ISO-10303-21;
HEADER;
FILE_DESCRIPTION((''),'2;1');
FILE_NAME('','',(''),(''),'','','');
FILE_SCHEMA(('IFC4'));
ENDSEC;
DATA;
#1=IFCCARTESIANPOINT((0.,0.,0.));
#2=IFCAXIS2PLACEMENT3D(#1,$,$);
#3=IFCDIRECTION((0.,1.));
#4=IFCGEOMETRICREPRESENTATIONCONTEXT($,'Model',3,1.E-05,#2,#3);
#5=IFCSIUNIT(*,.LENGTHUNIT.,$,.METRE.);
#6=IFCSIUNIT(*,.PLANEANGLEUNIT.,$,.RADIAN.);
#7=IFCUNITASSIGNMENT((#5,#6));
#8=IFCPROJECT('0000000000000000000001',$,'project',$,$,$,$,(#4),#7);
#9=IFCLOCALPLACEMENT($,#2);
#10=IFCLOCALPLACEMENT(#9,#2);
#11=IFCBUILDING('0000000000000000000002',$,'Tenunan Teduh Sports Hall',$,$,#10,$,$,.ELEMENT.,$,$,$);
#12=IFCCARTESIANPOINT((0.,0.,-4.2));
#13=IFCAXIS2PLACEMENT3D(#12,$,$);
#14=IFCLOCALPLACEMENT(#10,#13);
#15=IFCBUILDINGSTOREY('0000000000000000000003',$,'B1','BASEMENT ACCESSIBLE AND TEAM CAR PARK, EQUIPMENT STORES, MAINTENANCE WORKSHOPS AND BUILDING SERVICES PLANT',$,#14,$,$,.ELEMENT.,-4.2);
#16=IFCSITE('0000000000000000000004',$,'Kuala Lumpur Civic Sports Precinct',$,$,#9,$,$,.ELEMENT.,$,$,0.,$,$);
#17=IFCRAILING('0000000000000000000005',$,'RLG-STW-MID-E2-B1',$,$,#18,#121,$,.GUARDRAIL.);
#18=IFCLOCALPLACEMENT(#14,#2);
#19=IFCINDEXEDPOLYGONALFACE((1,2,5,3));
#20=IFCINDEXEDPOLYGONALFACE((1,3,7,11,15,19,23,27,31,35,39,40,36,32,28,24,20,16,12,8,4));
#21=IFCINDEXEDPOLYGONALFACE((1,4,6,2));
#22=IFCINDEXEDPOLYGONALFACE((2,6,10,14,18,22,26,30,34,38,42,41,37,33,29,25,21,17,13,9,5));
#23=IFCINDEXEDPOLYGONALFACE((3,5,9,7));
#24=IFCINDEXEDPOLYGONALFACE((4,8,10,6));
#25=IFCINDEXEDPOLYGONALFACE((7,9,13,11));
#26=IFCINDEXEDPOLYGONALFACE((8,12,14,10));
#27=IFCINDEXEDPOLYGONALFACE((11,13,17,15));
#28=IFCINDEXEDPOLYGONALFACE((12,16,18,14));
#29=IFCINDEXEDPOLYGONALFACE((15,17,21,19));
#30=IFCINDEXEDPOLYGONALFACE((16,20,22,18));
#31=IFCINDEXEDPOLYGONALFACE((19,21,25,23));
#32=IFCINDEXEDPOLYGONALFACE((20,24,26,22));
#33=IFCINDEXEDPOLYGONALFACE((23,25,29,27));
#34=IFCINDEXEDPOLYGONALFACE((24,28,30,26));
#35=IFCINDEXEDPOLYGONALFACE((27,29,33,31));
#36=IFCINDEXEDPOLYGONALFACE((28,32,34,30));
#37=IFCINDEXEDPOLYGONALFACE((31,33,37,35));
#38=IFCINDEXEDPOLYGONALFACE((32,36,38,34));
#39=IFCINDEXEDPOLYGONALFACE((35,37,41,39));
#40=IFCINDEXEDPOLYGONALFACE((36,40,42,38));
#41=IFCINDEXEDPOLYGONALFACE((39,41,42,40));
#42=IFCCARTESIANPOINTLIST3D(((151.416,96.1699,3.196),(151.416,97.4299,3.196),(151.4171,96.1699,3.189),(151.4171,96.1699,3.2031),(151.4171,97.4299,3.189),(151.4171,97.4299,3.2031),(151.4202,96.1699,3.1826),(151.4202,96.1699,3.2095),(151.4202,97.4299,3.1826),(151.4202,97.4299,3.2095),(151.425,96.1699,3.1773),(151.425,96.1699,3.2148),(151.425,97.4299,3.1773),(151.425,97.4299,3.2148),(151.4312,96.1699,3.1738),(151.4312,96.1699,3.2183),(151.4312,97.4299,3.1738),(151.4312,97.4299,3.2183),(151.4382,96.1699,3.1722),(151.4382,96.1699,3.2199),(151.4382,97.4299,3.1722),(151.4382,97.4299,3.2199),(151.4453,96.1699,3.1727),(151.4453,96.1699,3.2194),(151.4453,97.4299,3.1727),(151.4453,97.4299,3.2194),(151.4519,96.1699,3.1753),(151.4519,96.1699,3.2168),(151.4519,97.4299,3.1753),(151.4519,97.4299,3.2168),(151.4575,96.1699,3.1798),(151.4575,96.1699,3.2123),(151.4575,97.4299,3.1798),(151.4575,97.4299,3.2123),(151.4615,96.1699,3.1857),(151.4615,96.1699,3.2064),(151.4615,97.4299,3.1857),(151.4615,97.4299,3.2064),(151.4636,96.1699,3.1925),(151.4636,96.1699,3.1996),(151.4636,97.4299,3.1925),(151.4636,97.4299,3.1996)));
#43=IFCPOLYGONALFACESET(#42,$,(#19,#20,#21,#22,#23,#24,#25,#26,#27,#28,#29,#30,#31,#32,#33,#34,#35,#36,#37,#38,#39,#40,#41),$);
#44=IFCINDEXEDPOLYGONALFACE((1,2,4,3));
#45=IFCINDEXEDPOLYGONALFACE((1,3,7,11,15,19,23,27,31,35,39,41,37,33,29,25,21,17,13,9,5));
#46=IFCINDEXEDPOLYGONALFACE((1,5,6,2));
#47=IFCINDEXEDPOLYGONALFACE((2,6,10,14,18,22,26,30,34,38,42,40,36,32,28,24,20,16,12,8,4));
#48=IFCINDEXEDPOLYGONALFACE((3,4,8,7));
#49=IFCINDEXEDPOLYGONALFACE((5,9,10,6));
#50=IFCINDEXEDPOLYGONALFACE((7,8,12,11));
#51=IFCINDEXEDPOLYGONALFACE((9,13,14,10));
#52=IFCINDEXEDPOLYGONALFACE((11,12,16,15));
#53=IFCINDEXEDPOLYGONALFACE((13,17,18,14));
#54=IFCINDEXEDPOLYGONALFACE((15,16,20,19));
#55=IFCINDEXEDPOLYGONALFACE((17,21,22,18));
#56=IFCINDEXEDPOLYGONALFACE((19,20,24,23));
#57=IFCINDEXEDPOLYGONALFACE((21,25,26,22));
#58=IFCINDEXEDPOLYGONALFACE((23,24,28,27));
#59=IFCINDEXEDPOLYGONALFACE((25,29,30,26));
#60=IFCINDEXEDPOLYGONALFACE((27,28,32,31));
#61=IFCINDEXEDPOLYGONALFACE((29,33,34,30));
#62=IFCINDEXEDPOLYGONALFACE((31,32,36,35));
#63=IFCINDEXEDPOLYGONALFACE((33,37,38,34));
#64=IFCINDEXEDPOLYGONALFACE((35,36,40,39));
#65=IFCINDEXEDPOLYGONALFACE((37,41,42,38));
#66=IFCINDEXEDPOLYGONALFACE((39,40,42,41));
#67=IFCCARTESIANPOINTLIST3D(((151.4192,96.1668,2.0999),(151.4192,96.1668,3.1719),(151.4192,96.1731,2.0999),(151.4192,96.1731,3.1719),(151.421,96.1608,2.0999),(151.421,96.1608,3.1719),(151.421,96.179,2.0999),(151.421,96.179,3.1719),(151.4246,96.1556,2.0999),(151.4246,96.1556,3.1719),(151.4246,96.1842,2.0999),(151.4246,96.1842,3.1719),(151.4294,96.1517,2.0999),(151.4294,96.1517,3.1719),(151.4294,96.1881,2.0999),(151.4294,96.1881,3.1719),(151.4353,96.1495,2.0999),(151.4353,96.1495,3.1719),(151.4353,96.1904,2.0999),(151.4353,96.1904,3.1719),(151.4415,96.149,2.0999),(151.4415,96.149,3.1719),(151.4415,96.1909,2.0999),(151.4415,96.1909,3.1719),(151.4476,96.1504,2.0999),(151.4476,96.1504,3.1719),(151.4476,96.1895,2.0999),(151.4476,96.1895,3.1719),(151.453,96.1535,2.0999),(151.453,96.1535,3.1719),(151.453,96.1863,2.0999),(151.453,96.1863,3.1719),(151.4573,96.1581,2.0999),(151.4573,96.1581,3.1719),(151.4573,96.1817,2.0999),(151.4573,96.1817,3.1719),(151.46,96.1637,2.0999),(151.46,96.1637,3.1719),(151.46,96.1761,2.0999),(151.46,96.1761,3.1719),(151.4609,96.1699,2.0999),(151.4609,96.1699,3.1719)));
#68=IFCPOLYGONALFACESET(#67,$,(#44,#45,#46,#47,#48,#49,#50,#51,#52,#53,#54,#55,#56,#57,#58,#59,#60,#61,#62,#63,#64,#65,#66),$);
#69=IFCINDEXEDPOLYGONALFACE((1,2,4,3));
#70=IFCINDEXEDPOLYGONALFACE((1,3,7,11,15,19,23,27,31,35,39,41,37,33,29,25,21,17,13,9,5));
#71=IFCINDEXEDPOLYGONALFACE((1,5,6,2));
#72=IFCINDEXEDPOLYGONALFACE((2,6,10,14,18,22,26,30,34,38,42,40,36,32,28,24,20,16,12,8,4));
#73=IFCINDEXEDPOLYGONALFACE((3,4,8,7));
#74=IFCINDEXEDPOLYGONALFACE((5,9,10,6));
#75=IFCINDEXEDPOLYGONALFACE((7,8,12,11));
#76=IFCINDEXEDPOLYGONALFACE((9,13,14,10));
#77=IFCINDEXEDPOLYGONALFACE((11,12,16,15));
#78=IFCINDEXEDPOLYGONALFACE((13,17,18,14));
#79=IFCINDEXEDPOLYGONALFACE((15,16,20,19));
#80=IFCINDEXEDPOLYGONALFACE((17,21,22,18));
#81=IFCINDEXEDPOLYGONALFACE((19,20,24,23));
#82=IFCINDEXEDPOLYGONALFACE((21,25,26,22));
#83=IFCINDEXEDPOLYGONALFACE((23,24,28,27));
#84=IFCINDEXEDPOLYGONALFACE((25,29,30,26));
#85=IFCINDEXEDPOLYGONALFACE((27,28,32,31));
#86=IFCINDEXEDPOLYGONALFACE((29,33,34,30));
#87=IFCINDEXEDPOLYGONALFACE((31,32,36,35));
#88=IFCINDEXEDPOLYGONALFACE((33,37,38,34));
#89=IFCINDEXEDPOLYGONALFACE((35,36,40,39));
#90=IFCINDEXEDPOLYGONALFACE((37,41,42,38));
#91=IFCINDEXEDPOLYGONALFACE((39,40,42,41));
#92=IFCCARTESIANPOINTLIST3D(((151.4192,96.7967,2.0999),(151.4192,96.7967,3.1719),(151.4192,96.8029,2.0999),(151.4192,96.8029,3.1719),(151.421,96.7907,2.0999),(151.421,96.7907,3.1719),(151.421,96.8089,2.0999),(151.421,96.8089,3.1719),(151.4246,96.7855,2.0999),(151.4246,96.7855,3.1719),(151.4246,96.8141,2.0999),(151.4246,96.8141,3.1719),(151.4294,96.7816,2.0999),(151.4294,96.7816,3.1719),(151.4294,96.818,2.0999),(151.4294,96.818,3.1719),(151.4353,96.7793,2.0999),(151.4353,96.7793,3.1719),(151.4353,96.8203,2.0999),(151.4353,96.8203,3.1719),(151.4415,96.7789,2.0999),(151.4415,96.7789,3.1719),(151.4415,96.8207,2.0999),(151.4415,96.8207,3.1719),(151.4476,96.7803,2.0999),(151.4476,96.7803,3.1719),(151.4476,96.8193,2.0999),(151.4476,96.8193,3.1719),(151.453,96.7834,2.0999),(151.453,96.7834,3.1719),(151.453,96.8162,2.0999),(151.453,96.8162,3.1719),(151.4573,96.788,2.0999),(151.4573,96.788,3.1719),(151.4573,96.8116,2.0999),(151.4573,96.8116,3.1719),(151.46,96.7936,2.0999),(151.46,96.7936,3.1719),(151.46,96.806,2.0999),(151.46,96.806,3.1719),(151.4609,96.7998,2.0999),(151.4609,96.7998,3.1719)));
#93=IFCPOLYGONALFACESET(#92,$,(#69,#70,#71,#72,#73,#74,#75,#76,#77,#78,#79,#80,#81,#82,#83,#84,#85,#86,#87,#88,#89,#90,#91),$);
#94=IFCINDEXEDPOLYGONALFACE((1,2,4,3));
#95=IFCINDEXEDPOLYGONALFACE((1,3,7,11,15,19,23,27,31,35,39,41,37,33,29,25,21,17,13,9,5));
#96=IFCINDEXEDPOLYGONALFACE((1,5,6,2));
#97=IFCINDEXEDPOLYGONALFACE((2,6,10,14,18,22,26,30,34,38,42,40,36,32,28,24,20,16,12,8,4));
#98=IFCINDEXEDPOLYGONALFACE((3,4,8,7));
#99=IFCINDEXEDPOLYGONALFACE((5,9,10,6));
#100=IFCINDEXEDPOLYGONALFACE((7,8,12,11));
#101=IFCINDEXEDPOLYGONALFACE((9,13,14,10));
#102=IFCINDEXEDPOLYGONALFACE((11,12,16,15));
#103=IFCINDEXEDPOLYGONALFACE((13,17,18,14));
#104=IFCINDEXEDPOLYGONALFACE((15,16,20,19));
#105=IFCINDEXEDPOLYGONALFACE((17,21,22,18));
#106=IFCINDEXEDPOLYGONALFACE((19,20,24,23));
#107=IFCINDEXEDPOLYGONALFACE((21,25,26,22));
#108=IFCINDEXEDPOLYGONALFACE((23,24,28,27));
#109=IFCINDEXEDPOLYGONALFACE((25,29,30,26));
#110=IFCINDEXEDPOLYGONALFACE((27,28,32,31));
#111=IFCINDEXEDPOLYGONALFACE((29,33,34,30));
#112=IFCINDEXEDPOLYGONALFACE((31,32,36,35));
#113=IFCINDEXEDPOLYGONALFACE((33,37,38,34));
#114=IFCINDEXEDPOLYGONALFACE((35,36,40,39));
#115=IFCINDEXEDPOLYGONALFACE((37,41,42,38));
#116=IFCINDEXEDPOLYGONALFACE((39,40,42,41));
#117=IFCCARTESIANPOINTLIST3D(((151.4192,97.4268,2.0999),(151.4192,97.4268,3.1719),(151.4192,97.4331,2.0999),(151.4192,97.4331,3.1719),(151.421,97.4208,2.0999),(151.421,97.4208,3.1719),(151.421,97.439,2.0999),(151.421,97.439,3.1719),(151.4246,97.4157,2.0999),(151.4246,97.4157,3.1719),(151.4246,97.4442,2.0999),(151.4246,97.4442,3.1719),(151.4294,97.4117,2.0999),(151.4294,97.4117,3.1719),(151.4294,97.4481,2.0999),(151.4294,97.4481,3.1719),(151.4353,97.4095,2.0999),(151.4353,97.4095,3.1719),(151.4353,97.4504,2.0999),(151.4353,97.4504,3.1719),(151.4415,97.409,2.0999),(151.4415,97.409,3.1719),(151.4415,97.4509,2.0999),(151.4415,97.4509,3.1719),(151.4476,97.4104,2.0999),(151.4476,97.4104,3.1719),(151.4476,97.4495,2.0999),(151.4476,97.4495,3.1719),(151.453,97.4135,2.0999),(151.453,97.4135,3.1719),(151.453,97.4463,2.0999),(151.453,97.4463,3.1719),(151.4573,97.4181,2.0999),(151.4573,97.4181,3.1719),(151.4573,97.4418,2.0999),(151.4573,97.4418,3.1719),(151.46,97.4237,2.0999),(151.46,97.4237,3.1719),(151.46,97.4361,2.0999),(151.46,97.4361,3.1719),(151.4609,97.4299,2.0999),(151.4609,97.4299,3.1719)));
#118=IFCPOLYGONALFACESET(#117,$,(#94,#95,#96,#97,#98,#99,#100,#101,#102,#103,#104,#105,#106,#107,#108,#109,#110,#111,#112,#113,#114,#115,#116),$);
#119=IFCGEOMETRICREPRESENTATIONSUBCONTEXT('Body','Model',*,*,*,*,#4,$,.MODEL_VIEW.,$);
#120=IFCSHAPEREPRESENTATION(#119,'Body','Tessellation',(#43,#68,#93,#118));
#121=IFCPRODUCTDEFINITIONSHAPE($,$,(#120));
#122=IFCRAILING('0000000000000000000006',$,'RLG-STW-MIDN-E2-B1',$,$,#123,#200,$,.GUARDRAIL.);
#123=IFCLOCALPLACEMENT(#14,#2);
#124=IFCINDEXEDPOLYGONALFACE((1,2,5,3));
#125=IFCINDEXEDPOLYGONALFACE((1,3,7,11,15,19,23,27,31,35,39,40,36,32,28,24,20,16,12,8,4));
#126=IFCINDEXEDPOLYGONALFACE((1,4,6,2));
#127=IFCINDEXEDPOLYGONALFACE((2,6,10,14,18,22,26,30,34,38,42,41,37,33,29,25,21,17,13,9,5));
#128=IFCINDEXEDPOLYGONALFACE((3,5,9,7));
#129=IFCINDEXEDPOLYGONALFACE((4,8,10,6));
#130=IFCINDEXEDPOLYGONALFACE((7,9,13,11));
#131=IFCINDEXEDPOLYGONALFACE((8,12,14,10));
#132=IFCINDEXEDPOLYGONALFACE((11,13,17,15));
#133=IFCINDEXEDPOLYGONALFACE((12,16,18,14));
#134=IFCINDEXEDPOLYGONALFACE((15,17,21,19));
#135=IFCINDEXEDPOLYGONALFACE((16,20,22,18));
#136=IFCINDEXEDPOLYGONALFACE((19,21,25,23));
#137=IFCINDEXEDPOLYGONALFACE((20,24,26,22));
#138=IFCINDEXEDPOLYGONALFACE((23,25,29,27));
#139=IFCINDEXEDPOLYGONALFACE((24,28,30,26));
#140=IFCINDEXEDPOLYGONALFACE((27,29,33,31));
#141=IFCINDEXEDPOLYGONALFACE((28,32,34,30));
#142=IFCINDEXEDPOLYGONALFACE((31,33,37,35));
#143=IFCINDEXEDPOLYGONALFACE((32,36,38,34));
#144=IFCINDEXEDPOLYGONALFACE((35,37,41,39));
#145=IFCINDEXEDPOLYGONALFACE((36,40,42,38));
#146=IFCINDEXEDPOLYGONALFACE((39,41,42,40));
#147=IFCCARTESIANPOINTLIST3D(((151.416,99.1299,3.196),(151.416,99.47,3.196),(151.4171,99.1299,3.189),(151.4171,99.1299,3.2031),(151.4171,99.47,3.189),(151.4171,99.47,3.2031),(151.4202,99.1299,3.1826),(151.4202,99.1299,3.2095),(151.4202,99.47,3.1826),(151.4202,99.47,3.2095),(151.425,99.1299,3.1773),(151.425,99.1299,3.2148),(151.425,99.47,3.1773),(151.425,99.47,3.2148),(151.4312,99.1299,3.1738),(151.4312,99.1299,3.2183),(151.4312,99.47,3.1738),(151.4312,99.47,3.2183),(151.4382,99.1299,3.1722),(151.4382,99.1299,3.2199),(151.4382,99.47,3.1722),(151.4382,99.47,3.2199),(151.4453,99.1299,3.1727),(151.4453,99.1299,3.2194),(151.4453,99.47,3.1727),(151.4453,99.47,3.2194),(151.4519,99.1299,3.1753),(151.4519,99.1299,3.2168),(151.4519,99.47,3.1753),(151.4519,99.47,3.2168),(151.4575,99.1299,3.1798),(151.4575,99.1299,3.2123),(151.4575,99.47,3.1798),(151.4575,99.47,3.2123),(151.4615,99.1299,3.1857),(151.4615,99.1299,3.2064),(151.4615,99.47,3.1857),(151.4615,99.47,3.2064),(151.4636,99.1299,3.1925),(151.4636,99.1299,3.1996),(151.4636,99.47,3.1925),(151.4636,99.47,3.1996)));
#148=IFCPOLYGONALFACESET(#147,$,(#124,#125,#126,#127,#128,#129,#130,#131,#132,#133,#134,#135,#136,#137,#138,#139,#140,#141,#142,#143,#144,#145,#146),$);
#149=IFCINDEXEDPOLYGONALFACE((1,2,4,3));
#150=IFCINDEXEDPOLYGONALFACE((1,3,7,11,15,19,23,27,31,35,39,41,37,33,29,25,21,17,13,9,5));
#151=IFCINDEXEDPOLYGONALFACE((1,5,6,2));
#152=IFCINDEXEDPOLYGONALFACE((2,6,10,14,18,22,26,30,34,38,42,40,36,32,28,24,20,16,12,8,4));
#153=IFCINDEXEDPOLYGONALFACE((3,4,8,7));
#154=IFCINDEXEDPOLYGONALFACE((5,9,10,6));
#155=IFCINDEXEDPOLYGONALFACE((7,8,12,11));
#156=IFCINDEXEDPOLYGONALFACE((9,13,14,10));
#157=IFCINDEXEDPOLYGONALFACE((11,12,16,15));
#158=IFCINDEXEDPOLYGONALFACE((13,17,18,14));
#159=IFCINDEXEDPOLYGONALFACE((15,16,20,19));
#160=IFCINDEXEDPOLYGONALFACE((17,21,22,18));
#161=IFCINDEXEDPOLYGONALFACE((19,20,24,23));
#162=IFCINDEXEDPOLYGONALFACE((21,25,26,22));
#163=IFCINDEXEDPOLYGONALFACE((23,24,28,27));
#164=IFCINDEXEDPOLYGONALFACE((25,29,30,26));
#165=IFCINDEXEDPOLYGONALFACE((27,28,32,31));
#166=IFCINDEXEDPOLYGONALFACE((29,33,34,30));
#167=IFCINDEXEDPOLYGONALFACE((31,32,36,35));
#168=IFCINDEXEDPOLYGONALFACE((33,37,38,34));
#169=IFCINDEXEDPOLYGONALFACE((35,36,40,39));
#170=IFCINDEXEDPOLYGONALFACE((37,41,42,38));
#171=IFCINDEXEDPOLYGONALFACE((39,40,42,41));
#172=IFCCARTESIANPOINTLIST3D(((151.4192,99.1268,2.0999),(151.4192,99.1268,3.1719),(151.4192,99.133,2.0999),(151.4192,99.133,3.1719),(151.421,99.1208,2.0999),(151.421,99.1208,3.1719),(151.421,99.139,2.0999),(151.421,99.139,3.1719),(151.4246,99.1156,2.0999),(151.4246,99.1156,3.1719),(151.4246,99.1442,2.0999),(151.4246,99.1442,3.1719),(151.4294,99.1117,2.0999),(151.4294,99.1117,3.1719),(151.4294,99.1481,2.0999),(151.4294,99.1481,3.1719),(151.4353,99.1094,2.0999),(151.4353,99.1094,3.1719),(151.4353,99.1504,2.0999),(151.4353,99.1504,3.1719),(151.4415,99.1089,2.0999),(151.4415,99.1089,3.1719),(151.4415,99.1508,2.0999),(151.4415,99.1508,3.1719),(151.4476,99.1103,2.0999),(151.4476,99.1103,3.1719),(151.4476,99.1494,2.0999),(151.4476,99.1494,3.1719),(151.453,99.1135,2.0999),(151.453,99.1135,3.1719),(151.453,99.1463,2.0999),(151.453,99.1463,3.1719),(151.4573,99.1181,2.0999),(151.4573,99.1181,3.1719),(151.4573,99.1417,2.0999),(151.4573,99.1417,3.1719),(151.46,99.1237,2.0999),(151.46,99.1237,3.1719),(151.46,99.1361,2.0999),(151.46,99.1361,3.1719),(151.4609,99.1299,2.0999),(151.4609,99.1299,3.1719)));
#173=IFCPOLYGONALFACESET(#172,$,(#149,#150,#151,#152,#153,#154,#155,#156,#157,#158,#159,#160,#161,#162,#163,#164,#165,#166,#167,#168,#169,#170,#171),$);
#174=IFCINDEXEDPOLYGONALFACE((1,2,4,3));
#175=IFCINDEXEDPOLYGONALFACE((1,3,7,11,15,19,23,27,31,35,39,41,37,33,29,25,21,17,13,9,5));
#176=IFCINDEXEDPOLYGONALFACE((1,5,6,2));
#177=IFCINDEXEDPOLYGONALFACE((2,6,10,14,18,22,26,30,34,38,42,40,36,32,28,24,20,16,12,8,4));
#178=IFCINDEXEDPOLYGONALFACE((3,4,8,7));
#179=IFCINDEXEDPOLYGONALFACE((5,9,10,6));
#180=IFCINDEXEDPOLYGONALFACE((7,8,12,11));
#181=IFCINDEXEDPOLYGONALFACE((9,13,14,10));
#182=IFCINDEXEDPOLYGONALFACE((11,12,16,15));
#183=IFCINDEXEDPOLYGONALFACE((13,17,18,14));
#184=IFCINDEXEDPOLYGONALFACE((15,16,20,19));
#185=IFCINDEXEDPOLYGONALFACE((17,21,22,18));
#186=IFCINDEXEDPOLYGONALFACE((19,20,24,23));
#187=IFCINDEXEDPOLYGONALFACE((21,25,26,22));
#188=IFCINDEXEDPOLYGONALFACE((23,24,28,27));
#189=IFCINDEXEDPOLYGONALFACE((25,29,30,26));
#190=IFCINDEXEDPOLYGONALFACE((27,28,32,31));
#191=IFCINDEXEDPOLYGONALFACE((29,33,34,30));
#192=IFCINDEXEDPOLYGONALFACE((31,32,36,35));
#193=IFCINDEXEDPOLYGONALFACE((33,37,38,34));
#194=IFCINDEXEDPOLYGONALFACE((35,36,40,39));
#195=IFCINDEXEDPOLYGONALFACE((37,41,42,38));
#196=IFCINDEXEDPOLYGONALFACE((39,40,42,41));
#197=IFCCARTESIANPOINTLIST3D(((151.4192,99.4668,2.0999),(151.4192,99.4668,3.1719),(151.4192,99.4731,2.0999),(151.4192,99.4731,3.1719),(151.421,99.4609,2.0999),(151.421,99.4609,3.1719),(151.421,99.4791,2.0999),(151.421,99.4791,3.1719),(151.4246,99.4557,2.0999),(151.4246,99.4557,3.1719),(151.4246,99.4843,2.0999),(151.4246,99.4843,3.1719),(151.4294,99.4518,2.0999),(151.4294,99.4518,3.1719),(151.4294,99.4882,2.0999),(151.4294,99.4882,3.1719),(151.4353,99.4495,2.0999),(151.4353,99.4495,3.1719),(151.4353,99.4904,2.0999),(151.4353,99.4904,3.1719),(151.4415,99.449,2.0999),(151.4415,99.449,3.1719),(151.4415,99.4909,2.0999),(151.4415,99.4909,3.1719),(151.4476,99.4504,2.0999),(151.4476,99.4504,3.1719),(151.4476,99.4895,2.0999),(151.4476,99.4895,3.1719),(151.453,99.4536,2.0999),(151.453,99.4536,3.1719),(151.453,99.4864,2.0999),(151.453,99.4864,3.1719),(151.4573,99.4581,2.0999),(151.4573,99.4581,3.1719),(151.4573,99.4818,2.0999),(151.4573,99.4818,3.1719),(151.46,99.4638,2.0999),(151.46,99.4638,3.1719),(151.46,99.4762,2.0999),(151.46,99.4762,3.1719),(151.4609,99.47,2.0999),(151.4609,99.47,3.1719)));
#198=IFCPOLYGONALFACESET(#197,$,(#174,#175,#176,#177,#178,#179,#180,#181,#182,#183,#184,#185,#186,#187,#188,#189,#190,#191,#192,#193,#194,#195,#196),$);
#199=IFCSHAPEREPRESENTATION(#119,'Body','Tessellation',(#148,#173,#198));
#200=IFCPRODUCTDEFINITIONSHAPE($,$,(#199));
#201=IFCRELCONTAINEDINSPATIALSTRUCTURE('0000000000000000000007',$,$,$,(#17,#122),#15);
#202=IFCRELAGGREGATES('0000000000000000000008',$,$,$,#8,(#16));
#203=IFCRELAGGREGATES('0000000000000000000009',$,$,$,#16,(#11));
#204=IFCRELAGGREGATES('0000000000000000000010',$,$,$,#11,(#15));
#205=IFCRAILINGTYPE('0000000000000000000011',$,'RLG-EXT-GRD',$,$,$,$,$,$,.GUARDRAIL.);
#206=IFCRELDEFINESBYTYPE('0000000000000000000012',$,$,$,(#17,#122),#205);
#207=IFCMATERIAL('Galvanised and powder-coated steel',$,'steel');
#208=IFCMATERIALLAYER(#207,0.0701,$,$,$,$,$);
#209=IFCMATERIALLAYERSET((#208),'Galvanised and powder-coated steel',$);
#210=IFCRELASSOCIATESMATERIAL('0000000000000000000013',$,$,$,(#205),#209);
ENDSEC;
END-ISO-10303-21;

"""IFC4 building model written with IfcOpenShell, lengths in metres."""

from ifc_helpers import new_model, si_unit, direction, frame, origin, origin_2d, place, context, subcontext, project, spatial, circle, extrude, material, layer, layer_set, type_object, element, save


model = new_model("IFC4")

# Units and contexts
model_context = context("Model", 3, precision=1e-05, world=origin(), true_north=direction((0.0, 1.0)))
body_context = subcontext(model_context, "Body", "Model", "MODEL_VIEW")
ifc_project = project(units=[si_unit("LENGTHUNIT", "METRE"), si_unit("PLANEANGLEUNIT", "RADIAN")], contexts=[model_context])

# Site, building, storey
site_placement = place(None, origin())
site = spatial("IfcSite", under=ifc_project, at=site_placement, Name="Kuala Lumpur Civic Sports Precinct", CompositionType="ELEMENT", RefElevation=0.0)
building_placement = place(site_placement, origin())
building = spatial("IfcBuilding", under=site, at=building_placement, Name="Tenunan Teduh Sports Hall", CompositionType="ELEMENT")
storey_placement = place(building_placement, frame((0.0, 0.0, -4.2)))
storey = spatial("IfcBuildingStorey", under=building, at=storey_placement, Name="B1", Description="BASEMENT ACCESSIBLE AND TEAM CAR PARK, EQUIPMENT STORES, MAINTENANCE WORKSHOPS AND BUILDING SERVICES PLANT", CompositionType="ELEMENT", Elevation=-4.2)

# Railings
ifc_material_1 = material(Name="Galvanised and powder-coated steel", Category="steel")
ifc_layer_1 = layer(ifc_material_1, 0.0701)
ifc_layer_set_1 = layer_set([ifc_layer_1], Name="Galvanised and powder-coated steel")
railing_type_1 = type_object("IfcRailingType", Name="RLG-EXT-GRD", PredefinedType="GUARDRAIL", material=ifc_layer_set_1)
railing_1_placement = place(storey_placement, frame((151.4399, 96.1699, 2.0999)))
element("IfcRailing", 1, at=railing_1_placement, inside=storey, type_object=railing_type_1, Name="RLG-STW-MID-E2-B1", PredefinedType="GUARDRAIL", context=body_context, shape_type="SweptSolid", body=[
    extrude(circle(Radius=0.0239, at=origin_2d()), frame((0.0, 0.0, 1.0962), z_axis=(0.0, 1.0, 0.0), x_axis=(-1.0, 0.0, 0.0)), (0.0, 0.0, 1.0), 1.26),
    extrude(circle(Radius=0.021, at=origin_2d()), origin(), (0.0, 0.0, 1.0), 1.072),
    extrude(circle(Radius=0.021, at=origin_2d()), frame((0.0, 0.6299, 0.0)), (0.0, 0.0, 1.0), 1.072),
    extrude(circle(Radius=0.021, at=origin_2d()), frame((0.0, 1.26, 0.0)), (0.0, 0.0, 1.0), 1.072),
])
railing_2_placement = place(storey_placement, frame((151.4399, 99.1299, 2.0999)))
element("IfcRailing", 2, at=railing_2_placement, inside=storey, type_object=railing_type_1, Name="RLG-STW-MIDN-E2-B1", PredefinedType="GUARDRAIL", context=body_context, shape_type="SweptSolid", body=[
    extrude(circle(Radius=0.0239, at=origin_2d()), frame((0.0, 0.0, 1.0962), z_axis=(0.0, 1.0, 0.0), x_axis=(-1.0, 0.0, 0.0)), (0.0, 0.0, 1.0), 0.3401),
    extrude(circle(Radius=0.021, at=origin_2d()), origin(), (0.0, 0.0, 1.0), 1.072),
    extrude(circle(Radius=0.021, at=origin_2d()), frame((0.0, 0.3401, 0.0)), (0.0, 0.0, 1.0), 1.072),
])

save(model, "model.ifc")
